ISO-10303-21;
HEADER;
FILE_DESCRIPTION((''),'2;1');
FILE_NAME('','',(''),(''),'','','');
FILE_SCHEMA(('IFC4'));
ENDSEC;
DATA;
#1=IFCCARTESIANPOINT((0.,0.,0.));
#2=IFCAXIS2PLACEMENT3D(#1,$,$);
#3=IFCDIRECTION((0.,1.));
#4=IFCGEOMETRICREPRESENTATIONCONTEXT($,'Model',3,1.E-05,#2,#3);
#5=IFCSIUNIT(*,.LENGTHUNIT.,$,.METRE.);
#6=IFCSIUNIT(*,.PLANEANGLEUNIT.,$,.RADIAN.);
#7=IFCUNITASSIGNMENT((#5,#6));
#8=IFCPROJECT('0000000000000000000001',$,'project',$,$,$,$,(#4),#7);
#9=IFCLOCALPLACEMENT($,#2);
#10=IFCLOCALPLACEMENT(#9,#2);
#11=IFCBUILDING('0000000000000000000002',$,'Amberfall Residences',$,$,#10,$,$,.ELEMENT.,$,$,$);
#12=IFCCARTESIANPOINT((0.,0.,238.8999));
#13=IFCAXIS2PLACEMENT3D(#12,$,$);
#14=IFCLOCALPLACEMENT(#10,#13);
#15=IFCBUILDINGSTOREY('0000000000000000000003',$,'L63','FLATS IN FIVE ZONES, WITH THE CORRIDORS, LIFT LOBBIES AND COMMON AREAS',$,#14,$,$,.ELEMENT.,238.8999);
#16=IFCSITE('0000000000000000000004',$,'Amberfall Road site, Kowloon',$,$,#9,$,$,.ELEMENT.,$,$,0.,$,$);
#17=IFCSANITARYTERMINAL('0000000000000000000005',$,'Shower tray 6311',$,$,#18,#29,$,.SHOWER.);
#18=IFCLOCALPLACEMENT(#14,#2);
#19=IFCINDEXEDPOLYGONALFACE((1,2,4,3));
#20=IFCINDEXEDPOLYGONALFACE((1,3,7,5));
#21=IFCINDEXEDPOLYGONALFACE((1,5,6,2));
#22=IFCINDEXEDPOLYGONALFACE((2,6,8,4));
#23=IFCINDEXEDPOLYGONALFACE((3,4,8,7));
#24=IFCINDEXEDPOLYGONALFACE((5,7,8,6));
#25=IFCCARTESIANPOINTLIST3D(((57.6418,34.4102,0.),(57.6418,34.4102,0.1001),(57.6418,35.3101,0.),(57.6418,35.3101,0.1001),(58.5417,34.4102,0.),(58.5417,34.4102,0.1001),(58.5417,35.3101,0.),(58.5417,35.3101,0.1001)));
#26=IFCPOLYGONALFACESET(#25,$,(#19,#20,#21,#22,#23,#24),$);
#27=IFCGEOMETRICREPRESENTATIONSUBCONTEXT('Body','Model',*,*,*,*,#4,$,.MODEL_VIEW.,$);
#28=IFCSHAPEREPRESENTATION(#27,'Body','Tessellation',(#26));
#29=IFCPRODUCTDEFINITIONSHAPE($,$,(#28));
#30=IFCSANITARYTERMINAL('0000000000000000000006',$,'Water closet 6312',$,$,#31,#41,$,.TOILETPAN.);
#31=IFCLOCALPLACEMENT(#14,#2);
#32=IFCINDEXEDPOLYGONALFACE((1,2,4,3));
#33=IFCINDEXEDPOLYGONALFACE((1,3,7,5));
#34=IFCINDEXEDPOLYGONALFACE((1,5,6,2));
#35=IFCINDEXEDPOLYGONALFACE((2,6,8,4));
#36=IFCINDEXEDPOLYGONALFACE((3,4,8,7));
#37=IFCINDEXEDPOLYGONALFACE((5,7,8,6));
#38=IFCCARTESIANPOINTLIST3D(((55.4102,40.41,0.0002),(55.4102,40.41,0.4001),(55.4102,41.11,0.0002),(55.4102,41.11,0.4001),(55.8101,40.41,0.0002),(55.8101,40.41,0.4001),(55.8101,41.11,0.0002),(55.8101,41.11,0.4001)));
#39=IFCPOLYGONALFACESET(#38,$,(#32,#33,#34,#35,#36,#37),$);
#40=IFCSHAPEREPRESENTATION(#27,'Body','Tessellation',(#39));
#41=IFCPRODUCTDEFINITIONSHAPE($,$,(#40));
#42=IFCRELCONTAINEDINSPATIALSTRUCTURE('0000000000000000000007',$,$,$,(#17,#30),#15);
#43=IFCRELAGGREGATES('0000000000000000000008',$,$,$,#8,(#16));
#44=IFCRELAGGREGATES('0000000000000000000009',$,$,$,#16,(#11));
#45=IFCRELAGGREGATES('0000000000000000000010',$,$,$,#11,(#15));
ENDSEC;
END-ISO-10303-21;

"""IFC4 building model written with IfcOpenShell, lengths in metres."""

from ifc_helpers import new_model, si_unit, direction, frame, origin, origin_2d, place, context, subcontext, project, spatial, rectangle, extrude, element, save


model = new_model("IFC4")

# Units and contexts
model_context = context("Model", 3, precision=1e-05, world=origin(), true_north=direction((0.0, 1.0)))
body_context = subcontext(model_context, "Body", "Model", "MODEL_VIEW")
ifc_project = project(units=[si_unit("LENGTHUNIT", "METRE"), si_unit("PLANEANGLEUNIT", "RADIAN")], contexts=[model_context])

# Site, building, storey
site_placement = place(None, origin())
site = spatial("IfcSite", under=ifc_project, at=site_placement, Name="Amberfall Road site, Kowloon", CompositionType="ELEMENT", RefElevation=0.0)
building_placement = place(site_placement, origin())
building = spatial("IfcBuilding", under=site, at=building_placement, Name="Amberfall Residences", CompositionType="ELEMENT")
storey_placement = place(building_placement, frame((0.0, 0.0, 238.8999)))
storey = spatial("IfcBuildingStorey", under=building, at=storey_placement, Name="L63", Description="FLATS IN FIVE ZONES, WITH THE CORRIDORS, LIFT LOBBIES AND COMMON AREAS", CompositionType="ELEMENT", Elevation=238.8999)

# Sanitary terminals
sanitary_terminal_1_placement = place(storey_placement, frame((58.0918, 34.8601, 0.0), z_axis=(0.0, 0.0, 1.0), x_axis=(1.0, 0.0, 0.0)))
element("IfcSanitaryTerminal", 1, at=sanitary_terminal_1_placement, inside=storey, Name="Shower tray 6311", PredefinedType="SHOWER", context=body_context, shape_type="SweptSolid", body=[
    extrude(rectangle(XDim=0.8999, YDim=0.8999, at=origin_2d()), origin(), (0.0, 0.0, 1.0), 0.1001),
])
sanitary_terminal_2_placement = place(storey_placement, frame((55.6101, 40.76, 0.0002), z_axis=(0.0, 0.0, 1.0), x_axis=(1.0, 0.0, 0.0)))
element("IfcSanitaryTerminal", 2, at=sanitary_terminal_2_placement, inside=storey, Name="Water closet 6312", PredefinedType="TOILETPAN", context=body_context, shape_type="SweptSolid", body=[
    extrude(rectangle(XDim=0.3999, YDim=0.7, at=origin_2d()), origin(), (0.0, 0.0, 1.0), 0.3999),
])

save(model, "model.ifc")
